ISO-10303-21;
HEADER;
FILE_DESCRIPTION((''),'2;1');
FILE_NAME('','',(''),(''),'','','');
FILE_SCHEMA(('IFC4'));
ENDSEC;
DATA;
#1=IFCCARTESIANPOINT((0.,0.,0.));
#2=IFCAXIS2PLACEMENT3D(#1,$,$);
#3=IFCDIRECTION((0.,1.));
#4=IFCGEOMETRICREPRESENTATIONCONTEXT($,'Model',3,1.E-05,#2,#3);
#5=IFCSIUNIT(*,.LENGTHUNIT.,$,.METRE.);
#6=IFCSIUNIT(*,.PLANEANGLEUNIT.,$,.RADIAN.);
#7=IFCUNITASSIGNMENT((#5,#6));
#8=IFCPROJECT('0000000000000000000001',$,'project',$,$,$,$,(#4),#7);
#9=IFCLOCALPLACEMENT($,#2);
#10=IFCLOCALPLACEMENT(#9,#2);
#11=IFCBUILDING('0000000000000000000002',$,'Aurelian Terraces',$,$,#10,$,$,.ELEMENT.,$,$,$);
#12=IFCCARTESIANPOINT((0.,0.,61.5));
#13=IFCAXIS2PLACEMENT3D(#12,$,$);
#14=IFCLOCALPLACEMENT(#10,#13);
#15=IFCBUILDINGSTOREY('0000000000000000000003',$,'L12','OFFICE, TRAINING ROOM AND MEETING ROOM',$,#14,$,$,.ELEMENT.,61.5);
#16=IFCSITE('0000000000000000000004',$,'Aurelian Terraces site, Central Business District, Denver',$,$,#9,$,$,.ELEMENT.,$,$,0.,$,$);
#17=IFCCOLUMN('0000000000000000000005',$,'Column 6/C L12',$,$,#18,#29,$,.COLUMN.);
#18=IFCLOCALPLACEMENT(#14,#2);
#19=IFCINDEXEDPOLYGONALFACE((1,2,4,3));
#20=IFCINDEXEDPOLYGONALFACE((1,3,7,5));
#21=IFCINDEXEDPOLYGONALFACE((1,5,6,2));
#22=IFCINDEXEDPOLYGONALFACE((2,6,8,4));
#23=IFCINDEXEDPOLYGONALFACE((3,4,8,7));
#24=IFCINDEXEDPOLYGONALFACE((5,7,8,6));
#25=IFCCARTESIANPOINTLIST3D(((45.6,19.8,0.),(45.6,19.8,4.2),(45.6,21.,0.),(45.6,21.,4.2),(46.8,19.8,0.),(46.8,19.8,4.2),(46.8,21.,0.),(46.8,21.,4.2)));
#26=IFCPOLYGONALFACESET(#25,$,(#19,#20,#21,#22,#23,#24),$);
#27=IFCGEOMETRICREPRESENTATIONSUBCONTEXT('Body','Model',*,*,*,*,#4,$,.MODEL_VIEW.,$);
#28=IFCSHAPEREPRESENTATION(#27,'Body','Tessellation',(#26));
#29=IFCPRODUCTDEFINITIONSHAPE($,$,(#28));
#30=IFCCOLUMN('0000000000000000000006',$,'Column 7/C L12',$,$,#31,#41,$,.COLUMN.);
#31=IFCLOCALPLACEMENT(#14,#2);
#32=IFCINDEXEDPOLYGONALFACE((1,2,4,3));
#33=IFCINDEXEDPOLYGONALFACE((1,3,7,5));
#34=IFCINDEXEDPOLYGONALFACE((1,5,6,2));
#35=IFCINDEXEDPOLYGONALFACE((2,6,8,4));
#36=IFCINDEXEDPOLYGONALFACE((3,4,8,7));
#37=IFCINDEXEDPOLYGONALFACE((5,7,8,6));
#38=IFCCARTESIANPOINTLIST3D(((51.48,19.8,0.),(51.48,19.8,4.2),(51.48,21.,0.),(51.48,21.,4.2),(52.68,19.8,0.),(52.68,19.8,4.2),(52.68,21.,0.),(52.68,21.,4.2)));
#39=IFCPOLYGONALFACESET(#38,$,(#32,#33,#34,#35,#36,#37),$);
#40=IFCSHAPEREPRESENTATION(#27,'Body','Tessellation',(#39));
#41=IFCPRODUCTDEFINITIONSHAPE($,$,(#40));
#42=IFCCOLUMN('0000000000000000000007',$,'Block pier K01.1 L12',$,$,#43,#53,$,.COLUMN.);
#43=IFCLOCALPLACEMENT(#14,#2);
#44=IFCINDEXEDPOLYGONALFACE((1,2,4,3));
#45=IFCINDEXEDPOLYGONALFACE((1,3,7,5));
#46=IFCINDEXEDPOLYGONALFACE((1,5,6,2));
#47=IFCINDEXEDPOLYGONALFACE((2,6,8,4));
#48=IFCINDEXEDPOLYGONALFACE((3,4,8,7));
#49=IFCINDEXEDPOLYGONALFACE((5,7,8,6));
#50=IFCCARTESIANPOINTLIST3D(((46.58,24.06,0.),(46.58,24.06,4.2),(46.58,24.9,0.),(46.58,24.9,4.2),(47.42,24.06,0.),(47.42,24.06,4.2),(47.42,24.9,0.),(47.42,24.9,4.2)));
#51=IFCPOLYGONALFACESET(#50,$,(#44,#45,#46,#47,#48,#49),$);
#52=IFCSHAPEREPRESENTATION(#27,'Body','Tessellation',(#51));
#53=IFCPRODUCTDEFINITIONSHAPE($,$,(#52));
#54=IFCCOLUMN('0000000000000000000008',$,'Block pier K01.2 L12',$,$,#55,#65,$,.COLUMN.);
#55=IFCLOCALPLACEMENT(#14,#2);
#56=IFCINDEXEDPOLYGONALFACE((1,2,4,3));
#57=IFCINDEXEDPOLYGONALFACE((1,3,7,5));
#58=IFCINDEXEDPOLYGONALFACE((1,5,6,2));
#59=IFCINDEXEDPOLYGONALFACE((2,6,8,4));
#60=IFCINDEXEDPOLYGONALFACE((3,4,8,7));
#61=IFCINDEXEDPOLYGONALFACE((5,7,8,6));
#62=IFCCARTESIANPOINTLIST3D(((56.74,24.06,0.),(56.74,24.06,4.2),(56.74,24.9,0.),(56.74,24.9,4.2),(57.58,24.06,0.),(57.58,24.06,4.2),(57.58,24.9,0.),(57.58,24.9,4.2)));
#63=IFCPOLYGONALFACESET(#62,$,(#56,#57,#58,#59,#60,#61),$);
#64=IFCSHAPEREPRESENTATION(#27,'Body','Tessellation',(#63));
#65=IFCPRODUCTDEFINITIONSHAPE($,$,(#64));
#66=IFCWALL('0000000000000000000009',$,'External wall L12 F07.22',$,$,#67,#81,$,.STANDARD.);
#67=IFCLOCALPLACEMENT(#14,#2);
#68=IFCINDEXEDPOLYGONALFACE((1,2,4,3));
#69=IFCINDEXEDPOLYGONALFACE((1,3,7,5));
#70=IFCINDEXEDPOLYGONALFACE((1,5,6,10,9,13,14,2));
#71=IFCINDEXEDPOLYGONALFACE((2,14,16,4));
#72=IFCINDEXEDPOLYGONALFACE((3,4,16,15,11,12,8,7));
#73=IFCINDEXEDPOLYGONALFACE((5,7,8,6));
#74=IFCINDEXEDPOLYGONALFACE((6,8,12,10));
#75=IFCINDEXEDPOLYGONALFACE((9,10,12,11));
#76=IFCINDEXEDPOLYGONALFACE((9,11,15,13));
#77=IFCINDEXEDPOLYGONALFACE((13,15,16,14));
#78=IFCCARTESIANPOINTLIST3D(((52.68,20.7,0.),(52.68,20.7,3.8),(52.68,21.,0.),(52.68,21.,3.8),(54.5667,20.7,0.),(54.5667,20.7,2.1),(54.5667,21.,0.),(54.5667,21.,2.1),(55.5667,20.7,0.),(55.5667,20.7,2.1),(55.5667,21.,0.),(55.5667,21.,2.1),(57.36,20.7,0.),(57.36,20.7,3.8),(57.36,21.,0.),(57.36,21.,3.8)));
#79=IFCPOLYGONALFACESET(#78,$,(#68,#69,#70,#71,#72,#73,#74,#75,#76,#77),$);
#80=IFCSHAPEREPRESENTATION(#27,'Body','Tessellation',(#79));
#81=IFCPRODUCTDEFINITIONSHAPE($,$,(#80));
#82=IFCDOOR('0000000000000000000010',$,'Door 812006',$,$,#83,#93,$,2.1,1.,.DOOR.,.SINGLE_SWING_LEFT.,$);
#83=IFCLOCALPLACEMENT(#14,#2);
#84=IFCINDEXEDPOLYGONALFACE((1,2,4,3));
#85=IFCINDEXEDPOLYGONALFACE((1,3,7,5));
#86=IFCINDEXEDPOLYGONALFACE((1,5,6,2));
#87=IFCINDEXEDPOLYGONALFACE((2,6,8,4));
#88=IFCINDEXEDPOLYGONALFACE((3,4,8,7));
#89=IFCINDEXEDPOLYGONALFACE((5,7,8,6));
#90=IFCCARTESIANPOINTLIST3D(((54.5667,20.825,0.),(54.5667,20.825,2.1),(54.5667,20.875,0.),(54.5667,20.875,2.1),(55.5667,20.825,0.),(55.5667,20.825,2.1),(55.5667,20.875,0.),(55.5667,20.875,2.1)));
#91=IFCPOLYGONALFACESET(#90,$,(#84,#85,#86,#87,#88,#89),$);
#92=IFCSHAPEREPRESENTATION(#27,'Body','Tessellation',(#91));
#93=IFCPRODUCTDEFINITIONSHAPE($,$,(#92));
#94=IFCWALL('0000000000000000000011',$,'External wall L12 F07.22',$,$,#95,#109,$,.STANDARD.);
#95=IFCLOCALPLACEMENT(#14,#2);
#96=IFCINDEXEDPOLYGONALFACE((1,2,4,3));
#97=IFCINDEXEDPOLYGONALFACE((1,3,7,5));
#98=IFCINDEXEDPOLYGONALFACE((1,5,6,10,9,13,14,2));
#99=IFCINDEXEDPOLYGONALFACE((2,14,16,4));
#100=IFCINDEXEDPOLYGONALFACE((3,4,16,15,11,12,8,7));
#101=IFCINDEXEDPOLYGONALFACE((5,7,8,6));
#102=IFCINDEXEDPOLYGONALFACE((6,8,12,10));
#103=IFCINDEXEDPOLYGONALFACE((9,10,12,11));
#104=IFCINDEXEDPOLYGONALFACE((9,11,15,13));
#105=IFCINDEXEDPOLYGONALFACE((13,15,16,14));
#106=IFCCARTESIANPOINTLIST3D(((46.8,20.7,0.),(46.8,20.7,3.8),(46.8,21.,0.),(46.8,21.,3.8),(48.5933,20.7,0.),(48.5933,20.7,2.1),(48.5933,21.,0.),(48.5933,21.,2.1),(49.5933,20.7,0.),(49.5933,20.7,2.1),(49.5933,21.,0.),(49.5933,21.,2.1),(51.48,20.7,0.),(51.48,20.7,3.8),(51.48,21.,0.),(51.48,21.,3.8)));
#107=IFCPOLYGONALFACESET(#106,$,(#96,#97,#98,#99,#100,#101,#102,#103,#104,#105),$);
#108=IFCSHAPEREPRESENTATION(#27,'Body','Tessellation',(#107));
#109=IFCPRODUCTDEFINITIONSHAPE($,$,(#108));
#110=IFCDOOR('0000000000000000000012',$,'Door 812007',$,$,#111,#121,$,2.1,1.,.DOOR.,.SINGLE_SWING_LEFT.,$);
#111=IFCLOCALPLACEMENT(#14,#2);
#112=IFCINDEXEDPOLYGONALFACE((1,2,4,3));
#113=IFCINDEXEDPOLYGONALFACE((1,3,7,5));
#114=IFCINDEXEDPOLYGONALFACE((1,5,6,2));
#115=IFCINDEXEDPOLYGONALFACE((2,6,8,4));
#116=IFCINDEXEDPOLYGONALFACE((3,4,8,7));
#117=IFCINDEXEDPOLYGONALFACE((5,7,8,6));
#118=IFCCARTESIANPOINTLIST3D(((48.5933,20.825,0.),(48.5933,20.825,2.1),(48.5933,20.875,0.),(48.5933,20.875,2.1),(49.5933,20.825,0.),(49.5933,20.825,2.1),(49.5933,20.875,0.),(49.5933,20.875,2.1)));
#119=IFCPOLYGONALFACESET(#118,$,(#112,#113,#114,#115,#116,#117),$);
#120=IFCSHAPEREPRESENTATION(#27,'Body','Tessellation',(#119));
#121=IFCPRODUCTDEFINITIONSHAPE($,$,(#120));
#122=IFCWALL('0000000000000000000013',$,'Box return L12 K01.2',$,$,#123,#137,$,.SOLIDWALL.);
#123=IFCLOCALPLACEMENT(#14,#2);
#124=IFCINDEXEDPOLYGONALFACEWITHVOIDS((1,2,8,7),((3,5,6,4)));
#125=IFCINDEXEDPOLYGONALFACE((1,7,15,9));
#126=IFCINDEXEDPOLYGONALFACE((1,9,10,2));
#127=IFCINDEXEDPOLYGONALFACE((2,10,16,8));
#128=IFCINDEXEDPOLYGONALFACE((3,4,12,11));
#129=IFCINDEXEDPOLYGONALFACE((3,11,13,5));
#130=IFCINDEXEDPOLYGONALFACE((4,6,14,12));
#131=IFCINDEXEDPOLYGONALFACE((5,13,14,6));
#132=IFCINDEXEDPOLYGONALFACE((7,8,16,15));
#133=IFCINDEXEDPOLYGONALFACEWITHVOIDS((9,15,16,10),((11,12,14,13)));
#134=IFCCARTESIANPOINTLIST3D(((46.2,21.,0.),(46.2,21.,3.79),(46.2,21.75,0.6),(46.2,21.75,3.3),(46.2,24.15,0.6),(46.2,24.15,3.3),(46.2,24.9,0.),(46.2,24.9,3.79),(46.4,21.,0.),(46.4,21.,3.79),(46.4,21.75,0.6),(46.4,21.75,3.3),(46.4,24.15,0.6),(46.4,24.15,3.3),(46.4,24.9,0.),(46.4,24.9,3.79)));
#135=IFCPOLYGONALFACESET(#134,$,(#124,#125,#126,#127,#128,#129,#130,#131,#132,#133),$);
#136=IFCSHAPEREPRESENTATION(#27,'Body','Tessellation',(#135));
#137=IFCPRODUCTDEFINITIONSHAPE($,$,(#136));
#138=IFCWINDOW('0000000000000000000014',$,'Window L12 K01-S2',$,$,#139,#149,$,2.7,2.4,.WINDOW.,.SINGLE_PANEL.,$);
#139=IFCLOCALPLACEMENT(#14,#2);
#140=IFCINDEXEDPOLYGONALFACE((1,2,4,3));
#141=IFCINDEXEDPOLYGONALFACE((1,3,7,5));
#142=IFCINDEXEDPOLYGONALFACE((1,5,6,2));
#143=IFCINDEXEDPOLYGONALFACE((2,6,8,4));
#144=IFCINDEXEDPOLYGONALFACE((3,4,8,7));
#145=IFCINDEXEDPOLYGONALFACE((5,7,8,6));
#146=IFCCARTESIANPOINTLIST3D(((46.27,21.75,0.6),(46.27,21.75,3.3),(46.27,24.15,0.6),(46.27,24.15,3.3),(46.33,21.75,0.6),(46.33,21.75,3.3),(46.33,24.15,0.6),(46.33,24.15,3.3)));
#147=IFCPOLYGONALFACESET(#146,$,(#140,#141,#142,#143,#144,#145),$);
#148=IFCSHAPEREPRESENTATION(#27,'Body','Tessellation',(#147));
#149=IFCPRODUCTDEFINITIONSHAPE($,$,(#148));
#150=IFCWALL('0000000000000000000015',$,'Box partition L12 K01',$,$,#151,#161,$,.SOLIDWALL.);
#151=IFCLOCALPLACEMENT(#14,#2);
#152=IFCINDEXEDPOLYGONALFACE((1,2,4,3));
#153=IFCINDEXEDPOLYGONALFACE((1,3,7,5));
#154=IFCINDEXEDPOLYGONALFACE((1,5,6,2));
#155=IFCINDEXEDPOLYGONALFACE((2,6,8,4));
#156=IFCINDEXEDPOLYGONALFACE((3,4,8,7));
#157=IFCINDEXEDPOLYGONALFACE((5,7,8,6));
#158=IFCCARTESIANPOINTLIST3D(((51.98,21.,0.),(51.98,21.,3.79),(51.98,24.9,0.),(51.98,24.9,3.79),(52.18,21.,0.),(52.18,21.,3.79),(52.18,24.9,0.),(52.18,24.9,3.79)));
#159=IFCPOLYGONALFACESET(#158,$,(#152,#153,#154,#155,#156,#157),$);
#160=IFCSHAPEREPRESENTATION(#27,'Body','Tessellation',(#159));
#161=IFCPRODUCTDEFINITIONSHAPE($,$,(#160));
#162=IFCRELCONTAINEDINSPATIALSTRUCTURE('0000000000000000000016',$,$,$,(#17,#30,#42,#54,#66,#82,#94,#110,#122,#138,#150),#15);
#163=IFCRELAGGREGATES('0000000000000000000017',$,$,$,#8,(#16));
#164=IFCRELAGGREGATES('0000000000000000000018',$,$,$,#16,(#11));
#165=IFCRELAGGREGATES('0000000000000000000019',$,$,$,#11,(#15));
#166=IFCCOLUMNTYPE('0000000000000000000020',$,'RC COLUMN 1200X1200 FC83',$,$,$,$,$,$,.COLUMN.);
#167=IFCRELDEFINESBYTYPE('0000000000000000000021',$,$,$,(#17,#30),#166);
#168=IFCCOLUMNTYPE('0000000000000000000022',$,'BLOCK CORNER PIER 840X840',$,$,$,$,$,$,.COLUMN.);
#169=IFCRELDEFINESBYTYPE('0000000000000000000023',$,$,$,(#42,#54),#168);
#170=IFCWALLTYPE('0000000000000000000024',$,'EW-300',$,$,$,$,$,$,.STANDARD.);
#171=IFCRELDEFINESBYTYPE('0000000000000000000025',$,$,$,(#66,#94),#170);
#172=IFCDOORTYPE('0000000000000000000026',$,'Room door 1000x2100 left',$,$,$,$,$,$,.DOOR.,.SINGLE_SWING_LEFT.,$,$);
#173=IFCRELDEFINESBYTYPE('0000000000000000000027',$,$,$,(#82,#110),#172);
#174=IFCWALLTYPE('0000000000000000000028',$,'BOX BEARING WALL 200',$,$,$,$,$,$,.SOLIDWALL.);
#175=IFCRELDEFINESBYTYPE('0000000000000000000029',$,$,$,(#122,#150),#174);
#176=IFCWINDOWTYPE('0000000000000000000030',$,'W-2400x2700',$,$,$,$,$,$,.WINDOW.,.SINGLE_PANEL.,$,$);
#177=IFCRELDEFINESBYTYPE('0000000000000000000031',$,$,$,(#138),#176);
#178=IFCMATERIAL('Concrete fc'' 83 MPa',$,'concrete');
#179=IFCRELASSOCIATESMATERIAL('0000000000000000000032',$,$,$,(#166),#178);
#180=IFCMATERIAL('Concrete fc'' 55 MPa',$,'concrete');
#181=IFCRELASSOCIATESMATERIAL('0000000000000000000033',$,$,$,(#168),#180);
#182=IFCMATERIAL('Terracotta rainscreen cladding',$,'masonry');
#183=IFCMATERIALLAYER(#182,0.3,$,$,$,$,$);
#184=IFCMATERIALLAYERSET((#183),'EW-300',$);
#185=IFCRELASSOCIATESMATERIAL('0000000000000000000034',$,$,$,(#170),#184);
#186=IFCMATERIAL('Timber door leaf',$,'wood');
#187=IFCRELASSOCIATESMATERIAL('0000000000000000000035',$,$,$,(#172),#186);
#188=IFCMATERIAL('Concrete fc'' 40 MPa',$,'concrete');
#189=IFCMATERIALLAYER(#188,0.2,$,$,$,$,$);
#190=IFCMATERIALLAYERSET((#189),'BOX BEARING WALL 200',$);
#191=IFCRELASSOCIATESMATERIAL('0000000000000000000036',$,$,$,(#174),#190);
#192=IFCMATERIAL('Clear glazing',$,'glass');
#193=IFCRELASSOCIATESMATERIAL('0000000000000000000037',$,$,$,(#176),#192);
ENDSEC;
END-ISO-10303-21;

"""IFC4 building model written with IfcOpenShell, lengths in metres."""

from ifc_helpers import new_model, si_unit, direction, frame, frame_2d, origin, origin_2d, place, context, subcontext, project, spatial, rectangle, extrude, source, transform, mapped, material, layer, layer_set, material_profile, profile_set, type_object, element, fill, save


model = new_model("IFC4")

# Units and contexts
model_context = context("Model", 3, precision=1e-05, world=origin(), true_north=direction((0.0, 1.0)))
body_context = subcontext(model_context, "Body", "Model", "MODEL_VIEW")
ifc_project = project(units=[si_unit("LENGTHUNIT", "METRE"), si_unit("PLANEANGLEUNIT", "RADIAN")], contexts=[model_context])

# Site, building, storey
site_placement = place(None, origin())
site = spatial("IfcSite", under=ifc_project, at=site_placement, Name="Aurelian Terraces site, Central Business District, Denver", CompositionType="ELEMENT", RefElevation=0.0)
building_placement = place(site_placement, origin())
building = spatial("IfcBuilding", under=site, at=building_placement, Name="Aurelian Terraces", CompositionType="ELEMENT")
storey_placement = place(building_placement, frame((0.0, 0.0, 61.5)))
storey = spatial("IfcBuildingStorey", under=building, at=storey_placement, Name="L12", Description="OFFICE, TRAINING ROOM AND MEETING ROOM", CompositionType="ELEMENT", Elevation=61.5)

# Columns
ifc_material_1 = material(Name="Concrete fc' 83 MPa", Category="concrete")
ifc_material_profile_1 = material_profile(ifc_material_1, rectangle(XDim=1.2, YDim=1.2, at=origin_2d()))
ifc_profile_set_1 = profile_set([ifc_material_profile_1], Name="Concrete fc' 83 MPa")
column_type_1 = type_object("IfcColumnType", Name="RC COLUMN 1200X1200 FC83", PredefinedType="COLUMN", material=ifc_profile_set_1)
shared_shape_1 = source(origin(), body_context, "Body", "SweptSolid", [
    extrude(rectangle(XDim=1.2, YDim=1.2, at=origin_2d()), origin(), (0.0, 0.0, 1.0), 4.2),
])
for number, where, z_axis, x_axis, name in (
    (1, (46.2, 20.4, 0.0), (0.0, 0.0, 1.0), (1.0, 0.0, 0.0), "Column 6/C L12"),
    (2, (52.08, 20.4, 0.0), (0.0, 0.0, 1.0), (1.0, 0.0, 0.0), "Column 7/C L12"),
):
    element("IfcColumn", number, at=place(storey_placement, frame(where, z_axis=z_axis, x_axis=x_axis)), inside=storey, type_object=column_type_1, Name=name, PredefinedType="COLUMN", context=body_context, shape_type="MappedRepresentation", body=[
        mapped(shared_shape_1, transform((0.0, 0.0, 0.0), scale=1.0)),
    ])
ifc_material_2 = material(Name="Concrete fc' 55 MPa", Category="concrete")
ifc_material_profile_2 = material_profile(ifc_material_2, rectangle(XDim=0.84, YDim=0.84, at=origin_2d()))
ifc_profile_set_2 = profile_set([ifc_material_profile_2], Name="Concrete fc' 55 MPa")
column_type_2 = type_object("IfcColumnType", Name="BLOCK CORNER PIER 840X840", PredefinedType="COLUMN", material=ifc_profile_set_2)
shared_shape_2 = source(origin(), body_context, "Body", "SweptSolid", [
    extrude(rectangle(XDim=0.84, YDim=0.84, at=origin_2d()), origin(), (0.0, 0.0, 1.0), 4.2),
])
for number, where, z_axis, x_axis, name in (
    (3, (47.0, 24.48, 0.0), (0.0, 0.0, 1.0), (1.0, 0.0, 0.0), "Block pier K01.1 L12"),
    (4, (57.16, 24.48, 0.0), (0.0, 0.0, 1.0), (1.0, 0.0, 0.0), "Block pier K01.2 L12"),
):
    element("IfcColumn", number, at=place(storey_placement, frame(where, z_axis=z_axis, x_axis=x_axis)), inside=storey, type_object=column_type_2, Name=name, PredefinedType="COLUMN", context=body_context, shape_type="MappedRepresentation", body=[
        mapped(shared_shape_2, transform((0.0, 0.0, 0.0), scale=1.0)),
    ])

# Walls, openings, doors
ifc_material_3 = material(Name="Terracotta rainscreen cladding", Category="masonry")
ifc_layer_1 = layer(ifc_material_3, 0.3)
ifc_layer_set_1 = layer_set([ifc_layer_1], Name="EW-300")
wall_type_1 = type_object("IfcWallType", Name="EW-300", PredefinedType="STANDARD", material=ifc_layer_set_1)
shared_shape_3 = source(origin(), body_context, "Body", "SweptSolid", [
    extrude(rectangle(XDim=4.68, YDim=0.3, at=frame_2d((2.34, 0.0))), origin(), (0.0, 0.0, 1.0), 3.8),
])
wall_1_placement = place(storey_placement, frame((57.36, 20.85, 0.0), z_axis=(0.0, 0.0, 1.0), x_axis=(-1.0, 0.0, 0.0)))
wall_1 = element("IfcWall", 5, at=wall_1_placement, inside=storey, type_object=wall_type_1, Name="External wall L12 F07.22", PredefinedType="STANDARD", context=body_context, shape_type="MappedRepresentation", body=[
    mapped(shared_shape_3, transform((0.0, 0.0, 0.0), scale=1.0)),
])
shared_shape_4 = source(origin(), body_context, "Body", "SweptSolid", [
    extrude(rectangle(XDim=1.0, YDim=2.1, at=frame_2d((0.5, 1.05))), frame((0.0, 0.16, 0.0), z_axis=(0.0, -1.0, 0.0), x_axis=(1.0, 0.0, 0.0)), (0.0, 0.0, 1.0), 0.32),
])
opening_1_placement = place(wall_1_placement, frame((1.7933, 0.0, 0.0)))
opening_1 = element("IfcOpeningElement", 6, at=opening_1_placement, cuts=wall_1, PredefinedType="OPENING", context=body_context, shape_type="MappedRepresentation", body=[
    mapped(shared_shape_4, transform((0.0, 0.0, 0.0), scale=1.0)),
])
ifc_material_4 = material(Name="Timber door leaf", Category="wood")
door_type = type_object("IfcDoorType", Name="Room door 1000x2100 left", OperationType="SINGLE_SWING_LEFT", PredefinedType="DOOR", material=ifc_material_4)
shared_shape_5 = source(origin(), body_context, "Body", "SweptSolid", [
    extrude(rectangle(XDim=1.0, YDim=2.1, at=frame_2d((0.5, 1.05))), frame((0.0, 0.025, 0.0), z_axis=(0.0, -1.0, 0.0), x_axis=(1.0, 0.0, 0.0)), (0.0, 0.0, 1.0), 0.05),
])
door_1_placement = place(opening_1_placement, origin())
door_1 = element("IfcDoor", 7, at=door_1_placement, inside=storey, type_object=door_type, Name="Door 812006", OperationType="SINGLE_SWING_LEFT", OverallHeight=2.1, OverallWidth=1.0, PredefinedType="DOOR", context=body_context, shape_type="MappedRepresentation", body=[
    mapped(shared_shape_5, transform((0.0, 0.0, 0.0), scale=1.0)),
])
fill(opening_1, door_1)
wall_2_placement = place(storey_placement, frame((51.48, 20.85, 0.0), z_axis=(0.0, 0.0, 1.0), x_axis=(-1.0, 0.0, 0.0)))
wall_2 = element("IfcWall", 8, at=wall_2_placement, inside=storey, type_object=wall_type_1, Name="External wall L12 F07.22", PredefinedType="STANDARD", context=body_context, shape_type="MappedRepresentation", body=[
    mapped(shared_shape_3, transform((0.0, 0.0, 0.0), scale=1.0)),
])
opening_2_placement = place(wall_2_placement, frame((1.8867, 0.0, 0.0)))
opening_2 = element("IfcOpeningElement", 9, at=opening_2_placement, cuts=wall_2, PredefinedType="OPENING", context=body_context, shape_type="MappedRepresentation", body=[
    mapped(shared_shape_4, transform((0.0, 0.0, 0.0), scale=1.0)),
])
door_2_placement = place(opening_2_placement, origin())
door_2 = element("IfcDoor", 10, at=door_2_placement, inside=storey, type_object=door_type, Name="Door 812007", OperationType="SINGLE_SWING_LEFT", OverallHeight=2.1, OverallWidth=1.0, PredefinedType="DOOR", context=body_context, shape_type="MappedRepresentation", body=[
    mapped(shared_shape_5, transform((0.0, 0.0, 0.0), scale=1.0)),
])
fill(opening_2, door_2)

# Wall, opening, window
ifc_material_5 = material(Name="Concrete fc' 40 MPa", Category="concrete")
ifc_layer_2 = layer(ifc_material_5, 0.2)
ifc_layer_set_2 = layer_set([ifc_layer_2], Name="BOX BEARING WALL 200")
wall_type_2 = type_object("IfcWallType", Name="BOX BEARING WALL 200", PredefinedType="SOLIDWALL", material=ifc_layer_set_2)
shared_shape_6 = source(origin(), body_context, "Body", "SweptSolid", [
    extrude(rectangle(XDim=3.9, YDim=0.2, at=frame_2d((1.95, 0.0))), origin(), (0.0, 0.0, 1.0), 3.79),
])
wall_3_placement = place(storey_placement, frame((46.3, 21.0, 0.0), z_axis=(0.0, 0.0, 1.0), x_axis=(0.0, 1.0, 0.0)))
wall_3 = element("IfcWall", 11, at=wall_3_placement, inside=storey, type_object=wall_type_2, Name="Box return L12 K01.2", PredefinedType="SOLIDWALL", context=body_context, shape_type="MappedRepresentation", body=[
    mapped(shared_shape_6, transform((0.0, 0.0, 0.0), scale=1.0)),
])
shared_shape_7 = source(origin(), body_context, "Body", "SweptSolid", [
    extrude(rectangle(XDim=2.4, YDim=2.7, at=frame_2d((1.2, 1.35))), frame((0.0, 0.11, 0.0), z_axis=(0.0, -1.0, 0.0), x_axis=(1.0, 0.0, 0.0)), (0.0, 0.0, 1.0), 0.22),
])
opening_3_placement = place(wall_3_placement, frame((0.75, 0.0, 0.6)))
opening_3 = element("IfcOpeningElement", 12, at=opening_3_placement, cuts=wall_3, PredefinedType="OPENING", context=body_context, shape_type="MappedRepresentation", body=[
    mapped(shared_shape_7, transform((0.0, 0.0, 0.0), scale=1.0)),
])
ifc_material_6 = material(Name="Clear glazing", Category="glass")
window_type = type_object("IfcWindowType", Name="W-2400x2700", PartitioningType="SINGLE_PANEL", PredefinedType="WINDOW", material=ifc_material_6)
shared_shape_8 = source(origin(), body_context, "Body", "SweptSolid", [
    extrude(rectangle(XDim=2.4, YDim=2.7, at=frame_2d((1.2, 1.35))), frame((0.0, 0.03, 0.0), z_axis=(0.0, -1.0, 0.0), x_axis=(1.0, 0.0, 0.0)), (0.0, 0.0, 1.0), 0.06),
])
window_placement = place(opening_3_placement, origin())
window = element("IfcWindow", 13, at=window_placement, inside=storey, type_object=window_type, Name="Window L12 K01-S2", OverallHeight=2.7, OverallWidth=2.4, PartitioningType="SINGLE_PANEL", PredefinedType="WINDOW", context=body_context, shape_type="MappedRepresentation", body=[
    mapped(shared_shape_8, transform((0.0, 0.0, 0.0), scale=1.0)),
])
fill(opening_3, window)

# Wall
shared_shape_9 = source(origin(), body_context, "Body", "SweptSolid", [
    extrude(rectangle(XDim=3.9, YDim=0.2, at=frame_2d((1.95, 0.0))), origin(), (0.0, 0.0, 1.0), 3.79),
])
wall_4_placement = place(storey_placement, frame((52.08, 21.0, 0.0), z_axis=(0.0, 0.0, 1.0), x_axis=(0.0, 1.0, 0.0)))
element("IfcWall", 14, at=wall_4_placement, inside=storey, type_object=wall_type_2, Name="Box partition L12 K01", PredefinedType="SOLIDWALL", context=body_context, shape_type="MappedRepresentation", body=[
    mapped(shared_shape_9, transform((0.0, 0.0, 0.0), scale=1.0)),
])

save(model, "model.ifc")
